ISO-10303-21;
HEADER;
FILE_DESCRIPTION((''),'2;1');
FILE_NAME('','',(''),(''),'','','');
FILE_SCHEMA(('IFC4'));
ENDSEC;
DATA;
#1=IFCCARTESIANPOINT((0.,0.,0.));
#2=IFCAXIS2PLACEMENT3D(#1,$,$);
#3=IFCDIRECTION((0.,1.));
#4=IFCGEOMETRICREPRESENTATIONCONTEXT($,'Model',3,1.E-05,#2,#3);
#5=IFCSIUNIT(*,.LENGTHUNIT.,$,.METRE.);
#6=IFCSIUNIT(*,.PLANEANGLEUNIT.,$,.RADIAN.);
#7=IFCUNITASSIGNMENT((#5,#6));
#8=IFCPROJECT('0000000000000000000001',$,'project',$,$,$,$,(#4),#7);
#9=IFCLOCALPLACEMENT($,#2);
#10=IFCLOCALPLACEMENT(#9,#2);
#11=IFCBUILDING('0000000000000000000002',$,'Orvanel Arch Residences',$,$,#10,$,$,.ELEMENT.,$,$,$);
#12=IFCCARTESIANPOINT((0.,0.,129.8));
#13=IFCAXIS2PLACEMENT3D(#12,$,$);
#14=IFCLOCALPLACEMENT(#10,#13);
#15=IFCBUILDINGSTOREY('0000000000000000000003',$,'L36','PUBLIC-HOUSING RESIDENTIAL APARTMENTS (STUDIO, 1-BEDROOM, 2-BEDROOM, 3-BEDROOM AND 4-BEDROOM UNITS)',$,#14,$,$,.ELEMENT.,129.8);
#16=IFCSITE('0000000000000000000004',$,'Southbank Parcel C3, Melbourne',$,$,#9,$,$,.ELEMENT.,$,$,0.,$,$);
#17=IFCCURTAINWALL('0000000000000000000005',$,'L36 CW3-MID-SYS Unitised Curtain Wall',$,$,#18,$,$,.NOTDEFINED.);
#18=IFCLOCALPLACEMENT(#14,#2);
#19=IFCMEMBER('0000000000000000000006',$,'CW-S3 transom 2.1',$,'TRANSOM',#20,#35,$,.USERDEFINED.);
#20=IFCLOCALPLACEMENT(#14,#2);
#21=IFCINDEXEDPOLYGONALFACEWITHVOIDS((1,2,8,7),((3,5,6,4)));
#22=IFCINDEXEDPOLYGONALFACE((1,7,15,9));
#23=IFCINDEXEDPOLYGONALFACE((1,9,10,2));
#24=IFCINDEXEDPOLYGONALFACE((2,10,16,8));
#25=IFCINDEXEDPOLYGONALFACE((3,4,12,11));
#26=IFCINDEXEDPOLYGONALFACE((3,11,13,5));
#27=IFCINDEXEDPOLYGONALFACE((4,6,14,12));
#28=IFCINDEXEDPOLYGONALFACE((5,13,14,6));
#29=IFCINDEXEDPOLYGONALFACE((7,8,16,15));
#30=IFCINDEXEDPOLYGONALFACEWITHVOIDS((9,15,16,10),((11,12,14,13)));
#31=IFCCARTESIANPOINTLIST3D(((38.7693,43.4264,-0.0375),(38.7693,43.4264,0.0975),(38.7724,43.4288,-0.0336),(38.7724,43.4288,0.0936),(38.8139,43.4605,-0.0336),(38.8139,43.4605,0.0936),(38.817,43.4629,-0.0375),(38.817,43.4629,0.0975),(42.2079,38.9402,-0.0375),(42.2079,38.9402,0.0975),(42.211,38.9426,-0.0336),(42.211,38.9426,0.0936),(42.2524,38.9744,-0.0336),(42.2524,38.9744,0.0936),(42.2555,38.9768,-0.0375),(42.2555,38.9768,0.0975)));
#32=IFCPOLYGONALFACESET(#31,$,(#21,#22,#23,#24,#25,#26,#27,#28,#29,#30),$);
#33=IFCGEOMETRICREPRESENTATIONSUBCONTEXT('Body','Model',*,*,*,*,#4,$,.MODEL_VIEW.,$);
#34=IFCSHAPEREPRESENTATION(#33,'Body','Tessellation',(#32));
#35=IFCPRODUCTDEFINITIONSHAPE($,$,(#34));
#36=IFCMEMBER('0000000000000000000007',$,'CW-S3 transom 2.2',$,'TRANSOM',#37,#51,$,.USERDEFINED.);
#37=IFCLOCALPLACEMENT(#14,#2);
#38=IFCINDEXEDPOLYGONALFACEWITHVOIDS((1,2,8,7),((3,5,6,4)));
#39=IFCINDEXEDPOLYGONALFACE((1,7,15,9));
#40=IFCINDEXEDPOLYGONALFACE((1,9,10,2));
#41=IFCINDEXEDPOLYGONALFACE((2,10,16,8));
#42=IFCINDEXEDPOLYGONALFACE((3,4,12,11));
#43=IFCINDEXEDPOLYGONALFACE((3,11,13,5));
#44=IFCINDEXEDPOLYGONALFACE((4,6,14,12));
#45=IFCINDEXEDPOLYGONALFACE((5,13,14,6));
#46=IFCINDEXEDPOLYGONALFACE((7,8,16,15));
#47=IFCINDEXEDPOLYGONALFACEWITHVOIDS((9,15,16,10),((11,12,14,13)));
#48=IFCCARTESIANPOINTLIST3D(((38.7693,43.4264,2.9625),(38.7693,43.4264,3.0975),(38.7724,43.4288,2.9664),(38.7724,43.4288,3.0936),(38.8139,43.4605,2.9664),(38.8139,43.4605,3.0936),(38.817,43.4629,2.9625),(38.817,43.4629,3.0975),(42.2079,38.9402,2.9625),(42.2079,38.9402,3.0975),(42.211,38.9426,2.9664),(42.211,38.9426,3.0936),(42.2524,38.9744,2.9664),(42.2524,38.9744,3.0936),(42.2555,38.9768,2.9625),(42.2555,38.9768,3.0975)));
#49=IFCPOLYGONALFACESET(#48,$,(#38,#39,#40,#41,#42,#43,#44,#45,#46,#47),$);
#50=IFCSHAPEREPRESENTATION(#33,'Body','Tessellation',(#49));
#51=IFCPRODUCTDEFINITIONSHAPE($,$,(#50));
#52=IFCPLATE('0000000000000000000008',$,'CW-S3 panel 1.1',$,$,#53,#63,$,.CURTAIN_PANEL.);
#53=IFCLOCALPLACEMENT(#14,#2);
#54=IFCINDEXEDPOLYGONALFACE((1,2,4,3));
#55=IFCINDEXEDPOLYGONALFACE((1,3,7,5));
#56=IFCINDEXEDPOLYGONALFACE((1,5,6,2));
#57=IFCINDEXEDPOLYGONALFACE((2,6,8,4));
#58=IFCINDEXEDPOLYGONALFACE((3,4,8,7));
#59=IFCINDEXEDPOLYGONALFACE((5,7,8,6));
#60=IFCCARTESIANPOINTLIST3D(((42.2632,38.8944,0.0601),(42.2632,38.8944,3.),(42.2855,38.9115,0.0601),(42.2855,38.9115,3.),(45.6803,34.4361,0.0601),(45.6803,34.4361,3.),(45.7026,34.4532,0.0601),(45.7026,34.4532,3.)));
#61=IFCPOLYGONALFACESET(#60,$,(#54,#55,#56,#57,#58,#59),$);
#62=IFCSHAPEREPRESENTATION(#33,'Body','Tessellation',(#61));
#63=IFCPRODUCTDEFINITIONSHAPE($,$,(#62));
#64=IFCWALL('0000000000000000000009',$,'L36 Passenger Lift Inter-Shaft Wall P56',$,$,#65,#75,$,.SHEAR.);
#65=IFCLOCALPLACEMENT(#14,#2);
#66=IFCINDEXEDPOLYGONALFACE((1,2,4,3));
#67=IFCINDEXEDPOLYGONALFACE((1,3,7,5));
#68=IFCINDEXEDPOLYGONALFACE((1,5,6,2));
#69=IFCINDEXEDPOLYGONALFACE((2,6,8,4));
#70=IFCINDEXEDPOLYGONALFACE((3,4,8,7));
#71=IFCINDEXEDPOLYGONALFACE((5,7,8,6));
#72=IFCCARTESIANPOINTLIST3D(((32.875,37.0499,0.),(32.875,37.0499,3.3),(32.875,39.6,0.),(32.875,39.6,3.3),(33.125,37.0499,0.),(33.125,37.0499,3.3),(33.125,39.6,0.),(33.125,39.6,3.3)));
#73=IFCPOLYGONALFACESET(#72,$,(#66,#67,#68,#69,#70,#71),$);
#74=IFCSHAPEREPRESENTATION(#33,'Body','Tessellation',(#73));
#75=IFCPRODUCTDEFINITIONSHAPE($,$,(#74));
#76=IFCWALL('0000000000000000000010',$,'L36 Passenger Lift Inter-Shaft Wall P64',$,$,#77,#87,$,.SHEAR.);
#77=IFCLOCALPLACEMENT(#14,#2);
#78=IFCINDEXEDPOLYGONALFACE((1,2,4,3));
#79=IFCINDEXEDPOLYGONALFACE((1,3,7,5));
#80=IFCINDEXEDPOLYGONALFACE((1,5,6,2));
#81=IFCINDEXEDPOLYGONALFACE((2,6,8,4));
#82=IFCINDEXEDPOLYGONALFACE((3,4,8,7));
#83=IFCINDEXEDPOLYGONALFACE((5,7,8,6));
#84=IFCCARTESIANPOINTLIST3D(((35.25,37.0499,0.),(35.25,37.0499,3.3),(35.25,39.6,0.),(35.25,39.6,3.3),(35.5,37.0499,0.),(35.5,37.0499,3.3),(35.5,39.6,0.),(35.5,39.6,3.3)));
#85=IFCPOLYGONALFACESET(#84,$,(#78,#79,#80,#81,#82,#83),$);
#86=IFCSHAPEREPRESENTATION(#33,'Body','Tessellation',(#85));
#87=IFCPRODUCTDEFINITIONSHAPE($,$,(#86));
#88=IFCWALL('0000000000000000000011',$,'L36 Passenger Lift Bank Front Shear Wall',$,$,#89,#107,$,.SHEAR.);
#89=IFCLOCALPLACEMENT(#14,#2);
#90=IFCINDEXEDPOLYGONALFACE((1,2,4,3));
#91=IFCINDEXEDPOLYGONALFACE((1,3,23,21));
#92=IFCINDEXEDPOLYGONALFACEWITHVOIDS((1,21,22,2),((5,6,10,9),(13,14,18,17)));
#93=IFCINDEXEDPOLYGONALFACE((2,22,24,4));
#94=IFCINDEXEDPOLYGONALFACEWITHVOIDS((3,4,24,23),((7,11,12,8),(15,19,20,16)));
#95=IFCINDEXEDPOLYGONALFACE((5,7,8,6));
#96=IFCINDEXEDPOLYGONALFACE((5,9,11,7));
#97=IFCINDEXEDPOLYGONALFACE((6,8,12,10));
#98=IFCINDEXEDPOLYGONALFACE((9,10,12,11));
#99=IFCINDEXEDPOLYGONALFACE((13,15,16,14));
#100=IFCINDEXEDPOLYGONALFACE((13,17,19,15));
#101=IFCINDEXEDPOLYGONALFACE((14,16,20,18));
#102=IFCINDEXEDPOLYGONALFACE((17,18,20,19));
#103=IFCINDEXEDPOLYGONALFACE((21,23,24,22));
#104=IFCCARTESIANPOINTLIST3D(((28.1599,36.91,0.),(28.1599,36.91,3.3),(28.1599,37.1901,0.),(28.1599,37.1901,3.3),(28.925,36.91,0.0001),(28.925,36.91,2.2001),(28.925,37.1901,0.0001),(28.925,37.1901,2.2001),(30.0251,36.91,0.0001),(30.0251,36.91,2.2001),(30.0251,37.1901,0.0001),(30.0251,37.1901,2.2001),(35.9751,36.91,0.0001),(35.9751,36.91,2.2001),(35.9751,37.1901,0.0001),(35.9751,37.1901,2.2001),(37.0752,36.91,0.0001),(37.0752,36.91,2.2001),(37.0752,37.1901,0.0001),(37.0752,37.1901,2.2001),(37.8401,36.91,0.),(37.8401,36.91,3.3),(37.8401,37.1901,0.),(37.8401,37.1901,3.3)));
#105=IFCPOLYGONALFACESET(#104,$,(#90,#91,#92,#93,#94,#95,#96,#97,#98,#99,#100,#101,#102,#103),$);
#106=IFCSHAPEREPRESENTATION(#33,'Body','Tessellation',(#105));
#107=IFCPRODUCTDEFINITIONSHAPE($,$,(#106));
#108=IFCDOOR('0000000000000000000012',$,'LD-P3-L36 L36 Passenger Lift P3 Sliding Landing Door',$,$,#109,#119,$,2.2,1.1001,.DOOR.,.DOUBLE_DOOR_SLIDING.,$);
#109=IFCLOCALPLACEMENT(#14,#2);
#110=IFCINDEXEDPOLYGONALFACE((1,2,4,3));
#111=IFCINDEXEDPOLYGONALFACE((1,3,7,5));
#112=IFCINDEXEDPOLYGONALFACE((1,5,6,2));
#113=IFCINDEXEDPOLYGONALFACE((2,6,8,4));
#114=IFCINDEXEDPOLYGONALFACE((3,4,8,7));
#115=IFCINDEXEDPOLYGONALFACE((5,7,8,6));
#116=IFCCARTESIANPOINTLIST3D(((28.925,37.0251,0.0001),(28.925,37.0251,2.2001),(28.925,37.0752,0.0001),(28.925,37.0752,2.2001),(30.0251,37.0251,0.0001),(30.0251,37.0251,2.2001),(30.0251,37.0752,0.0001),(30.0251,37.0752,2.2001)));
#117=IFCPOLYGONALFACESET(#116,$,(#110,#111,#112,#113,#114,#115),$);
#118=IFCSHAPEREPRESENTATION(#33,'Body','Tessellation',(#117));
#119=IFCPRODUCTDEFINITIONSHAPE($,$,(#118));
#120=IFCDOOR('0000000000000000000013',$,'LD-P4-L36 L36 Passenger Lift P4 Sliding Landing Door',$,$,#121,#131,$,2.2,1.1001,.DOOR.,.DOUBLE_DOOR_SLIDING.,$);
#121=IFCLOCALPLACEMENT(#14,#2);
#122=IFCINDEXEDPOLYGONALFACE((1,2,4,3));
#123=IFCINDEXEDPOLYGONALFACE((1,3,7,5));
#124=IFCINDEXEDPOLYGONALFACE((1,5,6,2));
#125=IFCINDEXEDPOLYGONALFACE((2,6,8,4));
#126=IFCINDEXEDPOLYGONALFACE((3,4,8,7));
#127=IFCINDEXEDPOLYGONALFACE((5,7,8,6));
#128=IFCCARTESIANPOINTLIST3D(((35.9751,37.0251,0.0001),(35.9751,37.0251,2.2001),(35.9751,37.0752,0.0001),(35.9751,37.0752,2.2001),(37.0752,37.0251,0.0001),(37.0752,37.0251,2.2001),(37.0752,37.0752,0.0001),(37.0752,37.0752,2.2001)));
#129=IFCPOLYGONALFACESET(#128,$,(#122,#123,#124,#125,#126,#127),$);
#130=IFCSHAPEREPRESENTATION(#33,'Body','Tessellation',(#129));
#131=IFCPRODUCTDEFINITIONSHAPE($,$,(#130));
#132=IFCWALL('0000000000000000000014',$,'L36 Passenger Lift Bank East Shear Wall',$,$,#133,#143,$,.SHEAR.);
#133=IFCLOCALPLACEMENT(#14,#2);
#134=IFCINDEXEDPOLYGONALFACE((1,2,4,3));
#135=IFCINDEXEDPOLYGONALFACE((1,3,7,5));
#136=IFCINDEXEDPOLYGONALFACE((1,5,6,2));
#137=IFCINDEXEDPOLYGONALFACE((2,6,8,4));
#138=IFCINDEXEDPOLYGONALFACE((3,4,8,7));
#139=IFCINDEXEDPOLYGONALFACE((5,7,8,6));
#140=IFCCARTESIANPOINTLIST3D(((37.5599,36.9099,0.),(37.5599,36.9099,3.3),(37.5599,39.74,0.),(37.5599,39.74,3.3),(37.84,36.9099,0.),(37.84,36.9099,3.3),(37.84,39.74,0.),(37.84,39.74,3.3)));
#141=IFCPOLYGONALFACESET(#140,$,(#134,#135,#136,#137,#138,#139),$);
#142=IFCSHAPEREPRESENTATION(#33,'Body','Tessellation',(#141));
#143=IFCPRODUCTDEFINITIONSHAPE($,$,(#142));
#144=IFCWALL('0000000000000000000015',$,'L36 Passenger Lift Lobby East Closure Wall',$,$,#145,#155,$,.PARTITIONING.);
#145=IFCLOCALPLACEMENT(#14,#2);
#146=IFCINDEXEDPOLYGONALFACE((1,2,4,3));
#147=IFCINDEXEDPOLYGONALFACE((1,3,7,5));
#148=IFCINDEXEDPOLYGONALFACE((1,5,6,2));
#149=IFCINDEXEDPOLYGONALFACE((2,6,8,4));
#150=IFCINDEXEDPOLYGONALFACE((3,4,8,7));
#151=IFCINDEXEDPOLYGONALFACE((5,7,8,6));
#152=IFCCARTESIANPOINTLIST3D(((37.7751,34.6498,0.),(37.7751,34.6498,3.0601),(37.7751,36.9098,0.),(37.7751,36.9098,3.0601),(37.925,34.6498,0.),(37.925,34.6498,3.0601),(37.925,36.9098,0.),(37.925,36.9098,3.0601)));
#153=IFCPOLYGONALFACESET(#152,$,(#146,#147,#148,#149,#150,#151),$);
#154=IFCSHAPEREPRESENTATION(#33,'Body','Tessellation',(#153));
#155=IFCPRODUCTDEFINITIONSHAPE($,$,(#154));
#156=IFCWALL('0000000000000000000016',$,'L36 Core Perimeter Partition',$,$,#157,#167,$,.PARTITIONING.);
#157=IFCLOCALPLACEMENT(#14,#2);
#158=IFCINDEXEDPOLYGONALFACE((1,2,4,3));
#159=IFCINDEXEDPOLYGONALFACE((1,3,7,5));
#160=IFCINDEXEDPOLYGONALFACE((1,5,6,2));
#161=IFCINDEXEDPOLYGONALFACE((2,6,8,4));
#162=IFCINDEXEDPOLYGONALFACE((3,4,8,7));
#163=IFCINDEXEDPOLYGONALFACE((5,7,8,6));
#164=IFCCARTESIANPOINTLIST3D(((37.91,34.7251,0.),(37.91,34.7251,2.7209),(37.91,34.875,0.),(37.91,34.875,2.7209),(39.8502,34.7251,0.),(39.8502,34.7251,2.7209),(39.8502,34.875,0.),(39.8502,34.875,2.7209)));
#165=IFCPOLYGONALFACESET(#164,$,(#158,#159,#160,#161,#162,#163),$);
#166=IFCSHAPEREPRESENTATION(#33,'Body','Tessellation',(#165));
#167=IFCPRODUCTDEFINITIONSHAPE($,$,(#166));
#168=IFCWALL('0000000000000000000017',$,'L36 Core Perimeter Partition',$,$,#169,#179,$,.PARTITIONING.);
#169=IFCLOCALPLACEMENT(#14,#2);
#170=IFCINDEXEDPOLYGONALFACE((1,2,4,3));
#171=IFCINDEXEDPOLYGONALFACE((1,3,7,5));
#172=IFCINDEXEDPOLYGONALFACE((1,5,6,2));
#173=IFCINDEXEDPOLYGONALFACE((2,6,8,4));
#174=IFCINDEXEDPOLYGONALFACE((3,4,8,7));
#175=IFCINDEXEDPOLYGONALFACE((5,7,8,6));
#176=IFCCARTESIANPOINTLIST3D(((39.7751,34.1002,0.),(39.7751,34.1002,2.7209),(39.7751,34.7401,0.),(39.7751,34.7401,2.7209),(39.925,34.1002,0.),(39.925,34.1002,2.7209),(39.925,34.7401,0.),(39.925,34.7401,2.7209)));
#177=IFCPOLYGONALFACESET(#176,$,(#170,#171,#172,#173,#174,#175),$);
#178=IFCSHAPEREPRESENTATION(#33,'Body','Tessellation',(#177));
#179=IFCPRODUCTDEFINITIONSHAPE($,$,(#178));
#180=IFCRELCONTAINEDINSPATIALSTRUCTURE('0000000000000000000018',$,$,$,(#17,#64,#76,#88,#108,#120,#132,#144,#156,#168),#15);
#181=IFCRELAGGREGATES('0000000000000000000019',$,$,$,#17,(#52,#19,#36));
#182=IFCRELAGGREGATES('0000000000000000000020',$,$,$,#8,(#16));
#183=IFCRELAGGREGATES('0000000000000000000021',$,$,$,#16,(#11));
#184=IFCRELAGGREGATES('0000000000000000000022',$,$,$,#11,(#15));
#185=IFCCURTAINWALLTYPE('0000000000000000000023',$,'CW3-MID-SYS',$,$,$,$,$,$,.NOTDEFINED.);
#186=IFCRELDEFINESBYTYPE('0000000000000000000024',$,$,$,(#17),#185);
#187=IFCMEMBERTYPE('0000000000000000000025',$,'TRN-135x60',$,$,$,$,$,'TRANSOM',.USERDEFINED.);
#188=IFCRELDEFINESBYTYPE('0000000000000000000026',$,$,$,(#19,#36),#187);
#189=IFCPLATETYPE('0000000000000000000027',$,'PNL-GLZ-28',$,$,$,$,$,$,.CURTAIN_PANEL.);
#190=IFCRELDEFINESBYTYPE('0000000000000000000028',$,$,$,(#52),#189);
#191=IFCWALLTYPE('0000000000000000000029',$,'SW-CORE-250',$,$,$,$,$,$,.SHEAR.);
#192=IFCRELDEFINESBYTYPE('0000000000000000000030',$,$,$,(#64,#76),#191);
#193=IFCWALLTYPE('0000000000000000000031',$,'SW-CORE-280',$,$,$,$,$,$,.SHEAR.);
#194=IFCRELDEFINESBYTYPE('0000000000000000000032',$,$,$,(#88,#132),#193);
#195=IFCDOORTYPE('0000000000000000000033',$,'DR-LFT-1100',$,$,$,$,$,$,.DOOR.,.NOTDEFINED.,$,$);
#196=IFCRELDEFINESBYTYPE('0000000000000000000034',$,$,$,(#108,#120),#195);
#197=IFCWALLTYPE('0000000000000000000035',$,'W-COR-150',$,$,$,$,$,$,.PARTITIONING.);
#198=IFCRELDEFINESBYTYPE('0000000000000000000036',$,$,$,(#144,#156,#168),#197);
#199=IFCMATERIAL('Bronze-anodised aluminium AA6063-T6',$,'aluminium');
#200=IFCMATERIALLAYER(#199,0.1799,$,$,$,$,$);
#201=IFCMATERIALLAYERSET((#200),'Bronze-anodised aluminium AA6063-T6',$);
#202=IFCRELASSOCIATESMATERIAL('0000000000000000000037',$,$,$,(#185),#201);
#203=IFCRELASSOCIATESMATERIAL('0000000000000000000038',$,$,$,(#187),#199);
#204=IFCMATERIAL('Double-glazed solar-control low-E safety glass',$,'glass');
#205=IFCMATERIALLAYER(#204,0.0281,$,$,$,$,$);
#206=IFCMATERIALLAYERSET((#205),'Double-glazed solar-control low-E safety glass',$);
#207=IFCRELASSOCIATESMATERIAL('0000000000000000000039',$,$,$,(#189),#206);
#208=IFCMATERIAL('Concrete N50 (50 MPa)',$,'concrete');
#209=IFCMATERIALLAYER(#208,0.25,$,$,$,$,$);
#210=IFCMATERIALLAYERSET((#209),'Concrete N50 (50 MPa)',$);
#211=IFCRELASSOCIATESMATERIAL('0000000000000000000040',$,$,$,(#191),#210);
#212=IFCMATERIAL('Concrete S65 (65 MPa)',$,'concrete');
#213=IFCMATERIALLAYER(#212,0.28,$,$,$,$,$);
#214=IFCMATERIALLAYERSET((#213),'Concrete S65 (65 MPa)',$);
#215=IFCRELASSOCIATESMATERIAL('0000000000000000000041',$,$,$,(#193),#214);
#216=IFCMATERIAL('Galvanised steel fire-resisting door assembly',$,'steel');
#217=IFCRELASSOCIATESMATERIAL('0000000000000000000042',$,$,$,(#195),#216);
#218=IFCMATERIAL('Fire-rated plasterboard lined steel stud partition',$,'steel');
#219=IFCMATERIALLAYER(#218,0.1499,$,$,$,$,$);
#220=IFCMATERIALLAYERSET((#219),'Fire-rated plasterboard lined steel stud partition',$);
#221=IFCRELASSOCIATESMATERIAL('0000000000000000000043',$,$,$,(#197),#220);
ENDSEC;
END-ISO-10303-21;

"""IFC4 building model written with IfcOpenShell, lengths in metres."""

from ifc_helpers import new_model, si_unit, direction, frame, frame_2d, origin, origin_2d, place, context, subcontext, project, spatial, rectangle, hollow_rectangle, extrude, material, layer, layer_set, material_profile, profile_set, type_object, element, fill, aggregate, save


model = new_model("IFC4")

# Units and contexts
model_context = context("Model", 3, precision=1e-05, world=origin(), true_north=direction((0.0, 1.0)))
body_context = subcontext(model_context, "Body", "Model", "MODEL_VIEW")
ifc_project = project(units=[si_unit("LENGTHUNIT", "METRE"), si_unit("PLANEANGLEUNIT", "RADIAN")], contexts=[model_context])

# Site, building, storey
site_placement = place(None, origin())
site = spatial("IfcSite", under=ifc_project, at=site_placement, Name="Southbank Parcel C3, Melbourne", CompositionType="ELEMENT", RefElevation=0.0)
building_placement = place(site_placement, origin())
building = spatial("IfcBuilding", under=site, at=building_placement, Name="Orvanel Arch Residences", CompositionType="ELEMENT")
storey_placement = place(building_placement, frame((0.0, 0.0, 129.8)))
storey = spatial("IfcBuildingStorey", under=building, at=storey_placement, Name="L36", Description="PUBLIC-HOUSING RESIDENTIAL APARTMENTS (STUDIO, 1-BEDROOM, 2-BEDROOM, 3-BEDROOM AND 4-BEDROOM UNITS)", CompositionType="ELEMENT", Elevation=129.8)

# Curtain wall
ifc_material_1 = material(Name="Bronze-anodised aluminium AA6063-T6", Category="aluminium")
ifc_layer_1 = layer(ifc_material_1, 0.1799)
ifc_layer_set_1 = layer_set([ifc_layer_1], Name="Bronze-anodised aluminium AA6063-T6")
curtain_wall_type = type_object("IfcCurtainWallType", Name="CW3-MID-SYS", PredefinedType="NOTDEFINED", material=ifc_layer_set_1)
curtain_wall_placement = place(storey_placement, origin())
curtain_wall = element("IfcCurtainWall", 1, at=curtain_wall_placement, inside=storey, type_object=curtain_wall_type, Name="L36 CW3-MID-SYS Unitised Curtain Wall", PredefinedType="NOTDEFINED")

# Members
ifc_material_profile_1 = material_profile(ifc_material_1, hollow_rectangle(XDim=0.0601, YDim=0.135, WallThickness=0.0039, at=origin_2d()), Name="ALU135x60x4")
ifc_profile_set_1 = profile_set([ifc_material_profile_1], Name="Bronze-anodised aluminium AA6063-T6")
member_type_1 = type_object("IfcMemberType", Name="TRN-135x60", ElementType="TRANSOM", PredefinedType="USERDEFINED", material=ifc_profile_set_1)
member_1_placement = place(storey_placement, frame((42.2317, 38.9585, 0.03), z_axis=(-0.608336, 0.793679, 0.0), x_axis=(-0.793679, -0.608336, 0.0)))
member_1 = element("IfcMember", 2, at=member_1_placement, type_object=member_type_1, Name="CW-S3 transom 2.1", ObjectType="TRANSOM", PredefinedType="USERDEFINED", context=body_context, shape_type="SweptSolid", body=[
    extrude(hollow_rectangle(XDim=0.0601, YDim=0.135, WallThickness=0.0039, at=origin_2d()), origin(), (0.0, 0.0, 1.0), 5.6523),
])
member_2_placement = place(storey_placement, frame((42.2317, 38.9585, 3.03), z_axis=(-0.608336, 0.793679, 0.0), x_axis=(-0.793679, -0.608336, 0.0)))
member_2 = element("IfcMember", 3, at=member_2_placement, type_object=member_type_1, Name="CW-S3 transom 2.2", ObjectType="TRANSOM", PredefinedType="USERDEFINED", context=body_context, shape_type="SweptSolid", body=[
    extrude(hollow_rectangle(XDim=0.0601, YDim=0.135, WallThickness=0.0039, at=origin_2d()), origin(), (0.0, 0.0, 1.0), 5.6523),
])

# Plate
ifc_material_2 = material(Name="Double-glazed solar-control low-E safety glass", Category="glass")
ifc_layer_2 = layer(ifc_material_2, 0.0281)
ifc_layer_set_2 = layer_set([ifc_layer_2], Name="Double-glazed solar-control low-E safety glass")
plate_type = type_object("IfcPlateType", Name="PNL-GLZ-28", PredefinedType="CURTAIN_PANEL", material=ifc_layer_set_2)
plate_placement = place(storey_placement, frame((43.9829, 36.6738, 0.0601), z_axis=(0.0, 0.0, 1.0), x_axis=(-0.608328, 0.793686, 0.0)))
plate = element("IfcPlate", 4, at=plate_placement, type_object=plate_type, Name="CW-S3 panel 1.1", PredefinedType="CURTAIN_PANEL", context=body_context, shape_type="SweptSolid", body=[
    extrude(rectangle(XDim=5.6172, YDim=0.0281, at=origin_2d()), origin(), (0.0, 0.0, 1.0), 2.9399),
])
aggregate(curtain_wall, [plate, member_1, member_2])

# Walls
ifc_material_3 = material(Name="Concrete N50 (50 MPa)", Category="concrete")
ifc_layer_3 = layer(ifc_material_3, 0.25)
ifc_layer_set_3 = layer_set([ifc_layer_3], Name="Concrete N50 (50 MPa)")
wall_type_1 = type_object("IfcWallType", Name="SW-CORE-250", PredefinedType="SHEAR", material=ifc_layer_set_3)
for number, where, z_axis, x_axis, name in (
    (5, (33.0, 37.05, 0.0), (0.0, 0.0, 1.0), (0.0, 1.0, 0.0), "L36 Passenger Lift Inter-Shaft Wall P56"),
    (6, (35.375, 37.05, 0.0), (0.0, 0.0, 1.0), (0.0, 1.0, 0.0), "L36 Passenger Lift Inter-Shaft Wall P64"),
):
    element("IfcWall", number, at=place(storey_placement, frame(where, z_axis=z_axis, x_axis=x_axis)), inside=storey, type_object=wall_type_1, Name=name, PredefinedType="SHEAR", context=body_context, shape_type="SweptSolid", body=[
        extrude(rectangle(XDim=2.55, YDim=0.25, at=frame_2d((1.2749, 0.0))), origin(), (0.0, 0.0, 1.0), 3.3),
    ])

# Wall, openings, doors
ifc_material_4 = material(Name="Concrete S65 (65 MPa)", Category="concrete")
ifc_layer_4 = layer(ifc_material_4, 0.28)
ifc_layer_set_4 = layer_set([ifc_layer_4], Name="Concrete S65 (65 MPa)")
wall_type_2 = type_object("IfcWallType", Name="SW-CORE-280", PredefinedType="SHEAR", material=ifc_layer_set_4)
wall_1_placement = place(storey_placement, frame((37.8401, 37.05, 0.0), z_axis=(0.0, 0.0, 1.0), x_axis=(-1.0, 0.0, 0.0)))
wall_1 = element("IfcWall", 7, at=wall_1_placement, inside=storey, type_object=wall_type_2, Name="L36 Passenger Lift Bank Front Shear Wall", PredefinedType="SHEAR", context=body_context, shape_type="SweptSolid", body=[
    extrude(rectangle(XDim=9.6802, YDim=0.28, at=frame_2d((4.8401, 0.0))), origin(), (0.0, 0.0, 1.0), 3.3),
])
opening_1_placement = place(wall_1_placement, frame((7.8149, 0.0, 0.0)))
opening_1 = element("IfcOpeningElement", 8, at=opening_1_placement, cuts=wall_1, PredefinedType="OPENING", context=body_context, shape_type="SweptSolid", body=[
    extrude(rectangle(XDim=1.1001, YDim=2.2, at=frame_2d((0.55, 1.1001))), frame((0.0, 0.1499, 0.0), z_axis=(0.0, -1.0, 0.0), x_axis=(1.0, 0.0, 0.0)), (0.0, 0.0, 1.0), 0.3),
])
opening_2_placement = place(wall_1_placement, frame((0.7649, 0.0, 0.0)))
opening_2 = element("IfcOpeningElement", 9, at=opening_2_placement, cuts=wall_1, PredefinedType="OPENING", context=body_context, shape_type="SweptSolid", body=[
    extrude(rectangle(XDim=1.1001, YDim=2.2, at=frame_2d((0.55, 1.1001))), frame((0.0, 0.1499, 0.0), z_axis=(0.0, -1.0, 0.0), x_axis=(1.0, 0.0, 0.0)), (0.0, 0.0, 1.0), 0.3),
])
ifc_material_5 = material(Name="Galvanised steel fire-resisting door assembly", Category="steel")
door_type = type_object("IfcDoorType", Name="DR-LFT-1100", OperationType="NOTDEFINED", PredefinedType="DOOR", material=ifc_material_5)
door_1_placement = place(opening_1_placement, origin())
door_1 = element("IfcDoor", 10, at=door_1_placement, inside=storey, type_object=door_type, Name="LD-P3-L36 L36 Passenger Lift P3 Sliding Landing Door", OperationType="DOUBLE_DOOR_SLIDING", OverallHeight=2.2, OverallWidth=1.1001, PredefinedType="DOOR", context=body_context, shape_type="SweptSolid", body=[
    extrude(rectangle(XDim=1.1001, YDim=2.2, at=frame_2d((0.55, 1.1001))), frame((0.0, 0.0249, 0.0), z_axis=(0.0, -1.0, 0.0), x_axis=(1.0, 0.0, 0.0)), (0.0, 0.0, 1.0), 0.05),
])
fill(opening_1, door_1)
door_2_placement = place(opening_2_placement, origin())
door_2 = element("IfcDoor", 11, at=door_2_placement, inside=storey, type_object=door_type, Name="LD-P4-L36 L36 Passenger Lift P4 Sliding Landing Door", OperationType="DOUBLE_DOOR_SLIDING", OverallHeight=2.2, OverallWidth=1.1001, PredefinedType="DOOR", context=body_context, shape_type="SweptSolid", body=[
    extrude(rectangle(XDim=1.1001, YDim=2.2, at=frame_2d((0.55, 1.1001))), frame((0.0, 0.0249, 0.0), z_axis=(0.0, -1.0, 0.0), x_axis=(1.0, 0.0, 0.0)), (0.0, 0.0, 1.0), 0.05),
])
fill(opening_2, door_2)

# Walls
wall_2_placement = place(storey_placement, frame((37.7, 36.9099, 0.0), z_axis=(0.0, 0.0, 1.0), x_axis=(0.0, 1.0, 0.0)))
element("IfcWall", 12, at=wall_2_placement, inside=storey, type_object=wall_type_2, Name="L36 Passenger Lift Bank East Shear Wall", PredefinedType="SHEAR", context=body_context, shape_type="SweptSolid", body=[
    extrude(rectangle(XDim=2.8301, YDim=0.28, at=frame_2d((1.415, 0.0))), origin(), (0.0, 0.0, 1.0), 3.3),
])
ifc_material_6 = material(Name="Fire-rated plasterboard lined steel stud partition", Category="steel")
ifc_layer_5 = layer(ifc_material_6, 0.1499)
ifc_layer_set_5 = layer_set([ifc_layer_5], Name="Fire-rated plasterboard lined steel stud partition")
wall_type_3 = type_object("IfcWallType", Name="W-COR-150", PredefinedType="PARTITIONING", material=ifc_layer_set_5)
wall_3_placement = place(storey_placement, frame((37.8501, 34.6499, 0.0), z_axis=(0.0, 0.0, 1.0), x_axis=(0.0, 1.0, 0.0)))
element("IfcWall", 13, at=wall_3_placement, inside=storey, type_object=wall_type_3, Name="L36 Passenger Lift Lobby East Closure Wall", PredefinedType="PARTITIONING", context=body_context, shape_type="SweptSolid", body=[
    extrude(rectangle(XDim=2.26, YDim=0.1499, at=frame_2d((1.1299, 0.0))), origin(), (0.0, 0.0, 1.0), 3.0601),
])
wall_4_placement = place(storey_placement, frame((37.9099, 34.8, 0.0), z_axis=(0.0, 0.0, 1.0), x_axis=(1.0, 0.0, 0.0)))
element("IfcWall", 14, at=wall_4_placement, inside=storey, type_object=wall_type_3, Name="L36 Core Perimeter Partition", PredefinedType="PARTITIONING", context=body_context, shape_type="SweptSolid", body=[
    extrude(rectangle(XDim=1.9402, YDim=0.1499, at=frame_2d((0.9702, 0.0))), origin(), (0.0, 0.0, 1.0), 2.7209),
])
wall_5_placement = place(storey_placement, frame((39.8501, 34.74, 0.0), z_axis=(0.0, 0.0, 1.0), x_axis=(0.0, -1.0, 0.0)))
element("IfcWall", 15, at=wall_5_placement, inside=storey, type_object=wall_type_3, Name="L36 Core Perimeter Partition", PredefinedType="PARTITIONING", context=body_context, shape_type="SweptSolid", body=[
    extrude(rectangle(XDim=0.6399, YDim=0.1499, at=frame_2d((0.3198, 0.0))), origin(), (0.0, 0.0, 1.0), 2.7209),
])

save(model, "model.ifc")
